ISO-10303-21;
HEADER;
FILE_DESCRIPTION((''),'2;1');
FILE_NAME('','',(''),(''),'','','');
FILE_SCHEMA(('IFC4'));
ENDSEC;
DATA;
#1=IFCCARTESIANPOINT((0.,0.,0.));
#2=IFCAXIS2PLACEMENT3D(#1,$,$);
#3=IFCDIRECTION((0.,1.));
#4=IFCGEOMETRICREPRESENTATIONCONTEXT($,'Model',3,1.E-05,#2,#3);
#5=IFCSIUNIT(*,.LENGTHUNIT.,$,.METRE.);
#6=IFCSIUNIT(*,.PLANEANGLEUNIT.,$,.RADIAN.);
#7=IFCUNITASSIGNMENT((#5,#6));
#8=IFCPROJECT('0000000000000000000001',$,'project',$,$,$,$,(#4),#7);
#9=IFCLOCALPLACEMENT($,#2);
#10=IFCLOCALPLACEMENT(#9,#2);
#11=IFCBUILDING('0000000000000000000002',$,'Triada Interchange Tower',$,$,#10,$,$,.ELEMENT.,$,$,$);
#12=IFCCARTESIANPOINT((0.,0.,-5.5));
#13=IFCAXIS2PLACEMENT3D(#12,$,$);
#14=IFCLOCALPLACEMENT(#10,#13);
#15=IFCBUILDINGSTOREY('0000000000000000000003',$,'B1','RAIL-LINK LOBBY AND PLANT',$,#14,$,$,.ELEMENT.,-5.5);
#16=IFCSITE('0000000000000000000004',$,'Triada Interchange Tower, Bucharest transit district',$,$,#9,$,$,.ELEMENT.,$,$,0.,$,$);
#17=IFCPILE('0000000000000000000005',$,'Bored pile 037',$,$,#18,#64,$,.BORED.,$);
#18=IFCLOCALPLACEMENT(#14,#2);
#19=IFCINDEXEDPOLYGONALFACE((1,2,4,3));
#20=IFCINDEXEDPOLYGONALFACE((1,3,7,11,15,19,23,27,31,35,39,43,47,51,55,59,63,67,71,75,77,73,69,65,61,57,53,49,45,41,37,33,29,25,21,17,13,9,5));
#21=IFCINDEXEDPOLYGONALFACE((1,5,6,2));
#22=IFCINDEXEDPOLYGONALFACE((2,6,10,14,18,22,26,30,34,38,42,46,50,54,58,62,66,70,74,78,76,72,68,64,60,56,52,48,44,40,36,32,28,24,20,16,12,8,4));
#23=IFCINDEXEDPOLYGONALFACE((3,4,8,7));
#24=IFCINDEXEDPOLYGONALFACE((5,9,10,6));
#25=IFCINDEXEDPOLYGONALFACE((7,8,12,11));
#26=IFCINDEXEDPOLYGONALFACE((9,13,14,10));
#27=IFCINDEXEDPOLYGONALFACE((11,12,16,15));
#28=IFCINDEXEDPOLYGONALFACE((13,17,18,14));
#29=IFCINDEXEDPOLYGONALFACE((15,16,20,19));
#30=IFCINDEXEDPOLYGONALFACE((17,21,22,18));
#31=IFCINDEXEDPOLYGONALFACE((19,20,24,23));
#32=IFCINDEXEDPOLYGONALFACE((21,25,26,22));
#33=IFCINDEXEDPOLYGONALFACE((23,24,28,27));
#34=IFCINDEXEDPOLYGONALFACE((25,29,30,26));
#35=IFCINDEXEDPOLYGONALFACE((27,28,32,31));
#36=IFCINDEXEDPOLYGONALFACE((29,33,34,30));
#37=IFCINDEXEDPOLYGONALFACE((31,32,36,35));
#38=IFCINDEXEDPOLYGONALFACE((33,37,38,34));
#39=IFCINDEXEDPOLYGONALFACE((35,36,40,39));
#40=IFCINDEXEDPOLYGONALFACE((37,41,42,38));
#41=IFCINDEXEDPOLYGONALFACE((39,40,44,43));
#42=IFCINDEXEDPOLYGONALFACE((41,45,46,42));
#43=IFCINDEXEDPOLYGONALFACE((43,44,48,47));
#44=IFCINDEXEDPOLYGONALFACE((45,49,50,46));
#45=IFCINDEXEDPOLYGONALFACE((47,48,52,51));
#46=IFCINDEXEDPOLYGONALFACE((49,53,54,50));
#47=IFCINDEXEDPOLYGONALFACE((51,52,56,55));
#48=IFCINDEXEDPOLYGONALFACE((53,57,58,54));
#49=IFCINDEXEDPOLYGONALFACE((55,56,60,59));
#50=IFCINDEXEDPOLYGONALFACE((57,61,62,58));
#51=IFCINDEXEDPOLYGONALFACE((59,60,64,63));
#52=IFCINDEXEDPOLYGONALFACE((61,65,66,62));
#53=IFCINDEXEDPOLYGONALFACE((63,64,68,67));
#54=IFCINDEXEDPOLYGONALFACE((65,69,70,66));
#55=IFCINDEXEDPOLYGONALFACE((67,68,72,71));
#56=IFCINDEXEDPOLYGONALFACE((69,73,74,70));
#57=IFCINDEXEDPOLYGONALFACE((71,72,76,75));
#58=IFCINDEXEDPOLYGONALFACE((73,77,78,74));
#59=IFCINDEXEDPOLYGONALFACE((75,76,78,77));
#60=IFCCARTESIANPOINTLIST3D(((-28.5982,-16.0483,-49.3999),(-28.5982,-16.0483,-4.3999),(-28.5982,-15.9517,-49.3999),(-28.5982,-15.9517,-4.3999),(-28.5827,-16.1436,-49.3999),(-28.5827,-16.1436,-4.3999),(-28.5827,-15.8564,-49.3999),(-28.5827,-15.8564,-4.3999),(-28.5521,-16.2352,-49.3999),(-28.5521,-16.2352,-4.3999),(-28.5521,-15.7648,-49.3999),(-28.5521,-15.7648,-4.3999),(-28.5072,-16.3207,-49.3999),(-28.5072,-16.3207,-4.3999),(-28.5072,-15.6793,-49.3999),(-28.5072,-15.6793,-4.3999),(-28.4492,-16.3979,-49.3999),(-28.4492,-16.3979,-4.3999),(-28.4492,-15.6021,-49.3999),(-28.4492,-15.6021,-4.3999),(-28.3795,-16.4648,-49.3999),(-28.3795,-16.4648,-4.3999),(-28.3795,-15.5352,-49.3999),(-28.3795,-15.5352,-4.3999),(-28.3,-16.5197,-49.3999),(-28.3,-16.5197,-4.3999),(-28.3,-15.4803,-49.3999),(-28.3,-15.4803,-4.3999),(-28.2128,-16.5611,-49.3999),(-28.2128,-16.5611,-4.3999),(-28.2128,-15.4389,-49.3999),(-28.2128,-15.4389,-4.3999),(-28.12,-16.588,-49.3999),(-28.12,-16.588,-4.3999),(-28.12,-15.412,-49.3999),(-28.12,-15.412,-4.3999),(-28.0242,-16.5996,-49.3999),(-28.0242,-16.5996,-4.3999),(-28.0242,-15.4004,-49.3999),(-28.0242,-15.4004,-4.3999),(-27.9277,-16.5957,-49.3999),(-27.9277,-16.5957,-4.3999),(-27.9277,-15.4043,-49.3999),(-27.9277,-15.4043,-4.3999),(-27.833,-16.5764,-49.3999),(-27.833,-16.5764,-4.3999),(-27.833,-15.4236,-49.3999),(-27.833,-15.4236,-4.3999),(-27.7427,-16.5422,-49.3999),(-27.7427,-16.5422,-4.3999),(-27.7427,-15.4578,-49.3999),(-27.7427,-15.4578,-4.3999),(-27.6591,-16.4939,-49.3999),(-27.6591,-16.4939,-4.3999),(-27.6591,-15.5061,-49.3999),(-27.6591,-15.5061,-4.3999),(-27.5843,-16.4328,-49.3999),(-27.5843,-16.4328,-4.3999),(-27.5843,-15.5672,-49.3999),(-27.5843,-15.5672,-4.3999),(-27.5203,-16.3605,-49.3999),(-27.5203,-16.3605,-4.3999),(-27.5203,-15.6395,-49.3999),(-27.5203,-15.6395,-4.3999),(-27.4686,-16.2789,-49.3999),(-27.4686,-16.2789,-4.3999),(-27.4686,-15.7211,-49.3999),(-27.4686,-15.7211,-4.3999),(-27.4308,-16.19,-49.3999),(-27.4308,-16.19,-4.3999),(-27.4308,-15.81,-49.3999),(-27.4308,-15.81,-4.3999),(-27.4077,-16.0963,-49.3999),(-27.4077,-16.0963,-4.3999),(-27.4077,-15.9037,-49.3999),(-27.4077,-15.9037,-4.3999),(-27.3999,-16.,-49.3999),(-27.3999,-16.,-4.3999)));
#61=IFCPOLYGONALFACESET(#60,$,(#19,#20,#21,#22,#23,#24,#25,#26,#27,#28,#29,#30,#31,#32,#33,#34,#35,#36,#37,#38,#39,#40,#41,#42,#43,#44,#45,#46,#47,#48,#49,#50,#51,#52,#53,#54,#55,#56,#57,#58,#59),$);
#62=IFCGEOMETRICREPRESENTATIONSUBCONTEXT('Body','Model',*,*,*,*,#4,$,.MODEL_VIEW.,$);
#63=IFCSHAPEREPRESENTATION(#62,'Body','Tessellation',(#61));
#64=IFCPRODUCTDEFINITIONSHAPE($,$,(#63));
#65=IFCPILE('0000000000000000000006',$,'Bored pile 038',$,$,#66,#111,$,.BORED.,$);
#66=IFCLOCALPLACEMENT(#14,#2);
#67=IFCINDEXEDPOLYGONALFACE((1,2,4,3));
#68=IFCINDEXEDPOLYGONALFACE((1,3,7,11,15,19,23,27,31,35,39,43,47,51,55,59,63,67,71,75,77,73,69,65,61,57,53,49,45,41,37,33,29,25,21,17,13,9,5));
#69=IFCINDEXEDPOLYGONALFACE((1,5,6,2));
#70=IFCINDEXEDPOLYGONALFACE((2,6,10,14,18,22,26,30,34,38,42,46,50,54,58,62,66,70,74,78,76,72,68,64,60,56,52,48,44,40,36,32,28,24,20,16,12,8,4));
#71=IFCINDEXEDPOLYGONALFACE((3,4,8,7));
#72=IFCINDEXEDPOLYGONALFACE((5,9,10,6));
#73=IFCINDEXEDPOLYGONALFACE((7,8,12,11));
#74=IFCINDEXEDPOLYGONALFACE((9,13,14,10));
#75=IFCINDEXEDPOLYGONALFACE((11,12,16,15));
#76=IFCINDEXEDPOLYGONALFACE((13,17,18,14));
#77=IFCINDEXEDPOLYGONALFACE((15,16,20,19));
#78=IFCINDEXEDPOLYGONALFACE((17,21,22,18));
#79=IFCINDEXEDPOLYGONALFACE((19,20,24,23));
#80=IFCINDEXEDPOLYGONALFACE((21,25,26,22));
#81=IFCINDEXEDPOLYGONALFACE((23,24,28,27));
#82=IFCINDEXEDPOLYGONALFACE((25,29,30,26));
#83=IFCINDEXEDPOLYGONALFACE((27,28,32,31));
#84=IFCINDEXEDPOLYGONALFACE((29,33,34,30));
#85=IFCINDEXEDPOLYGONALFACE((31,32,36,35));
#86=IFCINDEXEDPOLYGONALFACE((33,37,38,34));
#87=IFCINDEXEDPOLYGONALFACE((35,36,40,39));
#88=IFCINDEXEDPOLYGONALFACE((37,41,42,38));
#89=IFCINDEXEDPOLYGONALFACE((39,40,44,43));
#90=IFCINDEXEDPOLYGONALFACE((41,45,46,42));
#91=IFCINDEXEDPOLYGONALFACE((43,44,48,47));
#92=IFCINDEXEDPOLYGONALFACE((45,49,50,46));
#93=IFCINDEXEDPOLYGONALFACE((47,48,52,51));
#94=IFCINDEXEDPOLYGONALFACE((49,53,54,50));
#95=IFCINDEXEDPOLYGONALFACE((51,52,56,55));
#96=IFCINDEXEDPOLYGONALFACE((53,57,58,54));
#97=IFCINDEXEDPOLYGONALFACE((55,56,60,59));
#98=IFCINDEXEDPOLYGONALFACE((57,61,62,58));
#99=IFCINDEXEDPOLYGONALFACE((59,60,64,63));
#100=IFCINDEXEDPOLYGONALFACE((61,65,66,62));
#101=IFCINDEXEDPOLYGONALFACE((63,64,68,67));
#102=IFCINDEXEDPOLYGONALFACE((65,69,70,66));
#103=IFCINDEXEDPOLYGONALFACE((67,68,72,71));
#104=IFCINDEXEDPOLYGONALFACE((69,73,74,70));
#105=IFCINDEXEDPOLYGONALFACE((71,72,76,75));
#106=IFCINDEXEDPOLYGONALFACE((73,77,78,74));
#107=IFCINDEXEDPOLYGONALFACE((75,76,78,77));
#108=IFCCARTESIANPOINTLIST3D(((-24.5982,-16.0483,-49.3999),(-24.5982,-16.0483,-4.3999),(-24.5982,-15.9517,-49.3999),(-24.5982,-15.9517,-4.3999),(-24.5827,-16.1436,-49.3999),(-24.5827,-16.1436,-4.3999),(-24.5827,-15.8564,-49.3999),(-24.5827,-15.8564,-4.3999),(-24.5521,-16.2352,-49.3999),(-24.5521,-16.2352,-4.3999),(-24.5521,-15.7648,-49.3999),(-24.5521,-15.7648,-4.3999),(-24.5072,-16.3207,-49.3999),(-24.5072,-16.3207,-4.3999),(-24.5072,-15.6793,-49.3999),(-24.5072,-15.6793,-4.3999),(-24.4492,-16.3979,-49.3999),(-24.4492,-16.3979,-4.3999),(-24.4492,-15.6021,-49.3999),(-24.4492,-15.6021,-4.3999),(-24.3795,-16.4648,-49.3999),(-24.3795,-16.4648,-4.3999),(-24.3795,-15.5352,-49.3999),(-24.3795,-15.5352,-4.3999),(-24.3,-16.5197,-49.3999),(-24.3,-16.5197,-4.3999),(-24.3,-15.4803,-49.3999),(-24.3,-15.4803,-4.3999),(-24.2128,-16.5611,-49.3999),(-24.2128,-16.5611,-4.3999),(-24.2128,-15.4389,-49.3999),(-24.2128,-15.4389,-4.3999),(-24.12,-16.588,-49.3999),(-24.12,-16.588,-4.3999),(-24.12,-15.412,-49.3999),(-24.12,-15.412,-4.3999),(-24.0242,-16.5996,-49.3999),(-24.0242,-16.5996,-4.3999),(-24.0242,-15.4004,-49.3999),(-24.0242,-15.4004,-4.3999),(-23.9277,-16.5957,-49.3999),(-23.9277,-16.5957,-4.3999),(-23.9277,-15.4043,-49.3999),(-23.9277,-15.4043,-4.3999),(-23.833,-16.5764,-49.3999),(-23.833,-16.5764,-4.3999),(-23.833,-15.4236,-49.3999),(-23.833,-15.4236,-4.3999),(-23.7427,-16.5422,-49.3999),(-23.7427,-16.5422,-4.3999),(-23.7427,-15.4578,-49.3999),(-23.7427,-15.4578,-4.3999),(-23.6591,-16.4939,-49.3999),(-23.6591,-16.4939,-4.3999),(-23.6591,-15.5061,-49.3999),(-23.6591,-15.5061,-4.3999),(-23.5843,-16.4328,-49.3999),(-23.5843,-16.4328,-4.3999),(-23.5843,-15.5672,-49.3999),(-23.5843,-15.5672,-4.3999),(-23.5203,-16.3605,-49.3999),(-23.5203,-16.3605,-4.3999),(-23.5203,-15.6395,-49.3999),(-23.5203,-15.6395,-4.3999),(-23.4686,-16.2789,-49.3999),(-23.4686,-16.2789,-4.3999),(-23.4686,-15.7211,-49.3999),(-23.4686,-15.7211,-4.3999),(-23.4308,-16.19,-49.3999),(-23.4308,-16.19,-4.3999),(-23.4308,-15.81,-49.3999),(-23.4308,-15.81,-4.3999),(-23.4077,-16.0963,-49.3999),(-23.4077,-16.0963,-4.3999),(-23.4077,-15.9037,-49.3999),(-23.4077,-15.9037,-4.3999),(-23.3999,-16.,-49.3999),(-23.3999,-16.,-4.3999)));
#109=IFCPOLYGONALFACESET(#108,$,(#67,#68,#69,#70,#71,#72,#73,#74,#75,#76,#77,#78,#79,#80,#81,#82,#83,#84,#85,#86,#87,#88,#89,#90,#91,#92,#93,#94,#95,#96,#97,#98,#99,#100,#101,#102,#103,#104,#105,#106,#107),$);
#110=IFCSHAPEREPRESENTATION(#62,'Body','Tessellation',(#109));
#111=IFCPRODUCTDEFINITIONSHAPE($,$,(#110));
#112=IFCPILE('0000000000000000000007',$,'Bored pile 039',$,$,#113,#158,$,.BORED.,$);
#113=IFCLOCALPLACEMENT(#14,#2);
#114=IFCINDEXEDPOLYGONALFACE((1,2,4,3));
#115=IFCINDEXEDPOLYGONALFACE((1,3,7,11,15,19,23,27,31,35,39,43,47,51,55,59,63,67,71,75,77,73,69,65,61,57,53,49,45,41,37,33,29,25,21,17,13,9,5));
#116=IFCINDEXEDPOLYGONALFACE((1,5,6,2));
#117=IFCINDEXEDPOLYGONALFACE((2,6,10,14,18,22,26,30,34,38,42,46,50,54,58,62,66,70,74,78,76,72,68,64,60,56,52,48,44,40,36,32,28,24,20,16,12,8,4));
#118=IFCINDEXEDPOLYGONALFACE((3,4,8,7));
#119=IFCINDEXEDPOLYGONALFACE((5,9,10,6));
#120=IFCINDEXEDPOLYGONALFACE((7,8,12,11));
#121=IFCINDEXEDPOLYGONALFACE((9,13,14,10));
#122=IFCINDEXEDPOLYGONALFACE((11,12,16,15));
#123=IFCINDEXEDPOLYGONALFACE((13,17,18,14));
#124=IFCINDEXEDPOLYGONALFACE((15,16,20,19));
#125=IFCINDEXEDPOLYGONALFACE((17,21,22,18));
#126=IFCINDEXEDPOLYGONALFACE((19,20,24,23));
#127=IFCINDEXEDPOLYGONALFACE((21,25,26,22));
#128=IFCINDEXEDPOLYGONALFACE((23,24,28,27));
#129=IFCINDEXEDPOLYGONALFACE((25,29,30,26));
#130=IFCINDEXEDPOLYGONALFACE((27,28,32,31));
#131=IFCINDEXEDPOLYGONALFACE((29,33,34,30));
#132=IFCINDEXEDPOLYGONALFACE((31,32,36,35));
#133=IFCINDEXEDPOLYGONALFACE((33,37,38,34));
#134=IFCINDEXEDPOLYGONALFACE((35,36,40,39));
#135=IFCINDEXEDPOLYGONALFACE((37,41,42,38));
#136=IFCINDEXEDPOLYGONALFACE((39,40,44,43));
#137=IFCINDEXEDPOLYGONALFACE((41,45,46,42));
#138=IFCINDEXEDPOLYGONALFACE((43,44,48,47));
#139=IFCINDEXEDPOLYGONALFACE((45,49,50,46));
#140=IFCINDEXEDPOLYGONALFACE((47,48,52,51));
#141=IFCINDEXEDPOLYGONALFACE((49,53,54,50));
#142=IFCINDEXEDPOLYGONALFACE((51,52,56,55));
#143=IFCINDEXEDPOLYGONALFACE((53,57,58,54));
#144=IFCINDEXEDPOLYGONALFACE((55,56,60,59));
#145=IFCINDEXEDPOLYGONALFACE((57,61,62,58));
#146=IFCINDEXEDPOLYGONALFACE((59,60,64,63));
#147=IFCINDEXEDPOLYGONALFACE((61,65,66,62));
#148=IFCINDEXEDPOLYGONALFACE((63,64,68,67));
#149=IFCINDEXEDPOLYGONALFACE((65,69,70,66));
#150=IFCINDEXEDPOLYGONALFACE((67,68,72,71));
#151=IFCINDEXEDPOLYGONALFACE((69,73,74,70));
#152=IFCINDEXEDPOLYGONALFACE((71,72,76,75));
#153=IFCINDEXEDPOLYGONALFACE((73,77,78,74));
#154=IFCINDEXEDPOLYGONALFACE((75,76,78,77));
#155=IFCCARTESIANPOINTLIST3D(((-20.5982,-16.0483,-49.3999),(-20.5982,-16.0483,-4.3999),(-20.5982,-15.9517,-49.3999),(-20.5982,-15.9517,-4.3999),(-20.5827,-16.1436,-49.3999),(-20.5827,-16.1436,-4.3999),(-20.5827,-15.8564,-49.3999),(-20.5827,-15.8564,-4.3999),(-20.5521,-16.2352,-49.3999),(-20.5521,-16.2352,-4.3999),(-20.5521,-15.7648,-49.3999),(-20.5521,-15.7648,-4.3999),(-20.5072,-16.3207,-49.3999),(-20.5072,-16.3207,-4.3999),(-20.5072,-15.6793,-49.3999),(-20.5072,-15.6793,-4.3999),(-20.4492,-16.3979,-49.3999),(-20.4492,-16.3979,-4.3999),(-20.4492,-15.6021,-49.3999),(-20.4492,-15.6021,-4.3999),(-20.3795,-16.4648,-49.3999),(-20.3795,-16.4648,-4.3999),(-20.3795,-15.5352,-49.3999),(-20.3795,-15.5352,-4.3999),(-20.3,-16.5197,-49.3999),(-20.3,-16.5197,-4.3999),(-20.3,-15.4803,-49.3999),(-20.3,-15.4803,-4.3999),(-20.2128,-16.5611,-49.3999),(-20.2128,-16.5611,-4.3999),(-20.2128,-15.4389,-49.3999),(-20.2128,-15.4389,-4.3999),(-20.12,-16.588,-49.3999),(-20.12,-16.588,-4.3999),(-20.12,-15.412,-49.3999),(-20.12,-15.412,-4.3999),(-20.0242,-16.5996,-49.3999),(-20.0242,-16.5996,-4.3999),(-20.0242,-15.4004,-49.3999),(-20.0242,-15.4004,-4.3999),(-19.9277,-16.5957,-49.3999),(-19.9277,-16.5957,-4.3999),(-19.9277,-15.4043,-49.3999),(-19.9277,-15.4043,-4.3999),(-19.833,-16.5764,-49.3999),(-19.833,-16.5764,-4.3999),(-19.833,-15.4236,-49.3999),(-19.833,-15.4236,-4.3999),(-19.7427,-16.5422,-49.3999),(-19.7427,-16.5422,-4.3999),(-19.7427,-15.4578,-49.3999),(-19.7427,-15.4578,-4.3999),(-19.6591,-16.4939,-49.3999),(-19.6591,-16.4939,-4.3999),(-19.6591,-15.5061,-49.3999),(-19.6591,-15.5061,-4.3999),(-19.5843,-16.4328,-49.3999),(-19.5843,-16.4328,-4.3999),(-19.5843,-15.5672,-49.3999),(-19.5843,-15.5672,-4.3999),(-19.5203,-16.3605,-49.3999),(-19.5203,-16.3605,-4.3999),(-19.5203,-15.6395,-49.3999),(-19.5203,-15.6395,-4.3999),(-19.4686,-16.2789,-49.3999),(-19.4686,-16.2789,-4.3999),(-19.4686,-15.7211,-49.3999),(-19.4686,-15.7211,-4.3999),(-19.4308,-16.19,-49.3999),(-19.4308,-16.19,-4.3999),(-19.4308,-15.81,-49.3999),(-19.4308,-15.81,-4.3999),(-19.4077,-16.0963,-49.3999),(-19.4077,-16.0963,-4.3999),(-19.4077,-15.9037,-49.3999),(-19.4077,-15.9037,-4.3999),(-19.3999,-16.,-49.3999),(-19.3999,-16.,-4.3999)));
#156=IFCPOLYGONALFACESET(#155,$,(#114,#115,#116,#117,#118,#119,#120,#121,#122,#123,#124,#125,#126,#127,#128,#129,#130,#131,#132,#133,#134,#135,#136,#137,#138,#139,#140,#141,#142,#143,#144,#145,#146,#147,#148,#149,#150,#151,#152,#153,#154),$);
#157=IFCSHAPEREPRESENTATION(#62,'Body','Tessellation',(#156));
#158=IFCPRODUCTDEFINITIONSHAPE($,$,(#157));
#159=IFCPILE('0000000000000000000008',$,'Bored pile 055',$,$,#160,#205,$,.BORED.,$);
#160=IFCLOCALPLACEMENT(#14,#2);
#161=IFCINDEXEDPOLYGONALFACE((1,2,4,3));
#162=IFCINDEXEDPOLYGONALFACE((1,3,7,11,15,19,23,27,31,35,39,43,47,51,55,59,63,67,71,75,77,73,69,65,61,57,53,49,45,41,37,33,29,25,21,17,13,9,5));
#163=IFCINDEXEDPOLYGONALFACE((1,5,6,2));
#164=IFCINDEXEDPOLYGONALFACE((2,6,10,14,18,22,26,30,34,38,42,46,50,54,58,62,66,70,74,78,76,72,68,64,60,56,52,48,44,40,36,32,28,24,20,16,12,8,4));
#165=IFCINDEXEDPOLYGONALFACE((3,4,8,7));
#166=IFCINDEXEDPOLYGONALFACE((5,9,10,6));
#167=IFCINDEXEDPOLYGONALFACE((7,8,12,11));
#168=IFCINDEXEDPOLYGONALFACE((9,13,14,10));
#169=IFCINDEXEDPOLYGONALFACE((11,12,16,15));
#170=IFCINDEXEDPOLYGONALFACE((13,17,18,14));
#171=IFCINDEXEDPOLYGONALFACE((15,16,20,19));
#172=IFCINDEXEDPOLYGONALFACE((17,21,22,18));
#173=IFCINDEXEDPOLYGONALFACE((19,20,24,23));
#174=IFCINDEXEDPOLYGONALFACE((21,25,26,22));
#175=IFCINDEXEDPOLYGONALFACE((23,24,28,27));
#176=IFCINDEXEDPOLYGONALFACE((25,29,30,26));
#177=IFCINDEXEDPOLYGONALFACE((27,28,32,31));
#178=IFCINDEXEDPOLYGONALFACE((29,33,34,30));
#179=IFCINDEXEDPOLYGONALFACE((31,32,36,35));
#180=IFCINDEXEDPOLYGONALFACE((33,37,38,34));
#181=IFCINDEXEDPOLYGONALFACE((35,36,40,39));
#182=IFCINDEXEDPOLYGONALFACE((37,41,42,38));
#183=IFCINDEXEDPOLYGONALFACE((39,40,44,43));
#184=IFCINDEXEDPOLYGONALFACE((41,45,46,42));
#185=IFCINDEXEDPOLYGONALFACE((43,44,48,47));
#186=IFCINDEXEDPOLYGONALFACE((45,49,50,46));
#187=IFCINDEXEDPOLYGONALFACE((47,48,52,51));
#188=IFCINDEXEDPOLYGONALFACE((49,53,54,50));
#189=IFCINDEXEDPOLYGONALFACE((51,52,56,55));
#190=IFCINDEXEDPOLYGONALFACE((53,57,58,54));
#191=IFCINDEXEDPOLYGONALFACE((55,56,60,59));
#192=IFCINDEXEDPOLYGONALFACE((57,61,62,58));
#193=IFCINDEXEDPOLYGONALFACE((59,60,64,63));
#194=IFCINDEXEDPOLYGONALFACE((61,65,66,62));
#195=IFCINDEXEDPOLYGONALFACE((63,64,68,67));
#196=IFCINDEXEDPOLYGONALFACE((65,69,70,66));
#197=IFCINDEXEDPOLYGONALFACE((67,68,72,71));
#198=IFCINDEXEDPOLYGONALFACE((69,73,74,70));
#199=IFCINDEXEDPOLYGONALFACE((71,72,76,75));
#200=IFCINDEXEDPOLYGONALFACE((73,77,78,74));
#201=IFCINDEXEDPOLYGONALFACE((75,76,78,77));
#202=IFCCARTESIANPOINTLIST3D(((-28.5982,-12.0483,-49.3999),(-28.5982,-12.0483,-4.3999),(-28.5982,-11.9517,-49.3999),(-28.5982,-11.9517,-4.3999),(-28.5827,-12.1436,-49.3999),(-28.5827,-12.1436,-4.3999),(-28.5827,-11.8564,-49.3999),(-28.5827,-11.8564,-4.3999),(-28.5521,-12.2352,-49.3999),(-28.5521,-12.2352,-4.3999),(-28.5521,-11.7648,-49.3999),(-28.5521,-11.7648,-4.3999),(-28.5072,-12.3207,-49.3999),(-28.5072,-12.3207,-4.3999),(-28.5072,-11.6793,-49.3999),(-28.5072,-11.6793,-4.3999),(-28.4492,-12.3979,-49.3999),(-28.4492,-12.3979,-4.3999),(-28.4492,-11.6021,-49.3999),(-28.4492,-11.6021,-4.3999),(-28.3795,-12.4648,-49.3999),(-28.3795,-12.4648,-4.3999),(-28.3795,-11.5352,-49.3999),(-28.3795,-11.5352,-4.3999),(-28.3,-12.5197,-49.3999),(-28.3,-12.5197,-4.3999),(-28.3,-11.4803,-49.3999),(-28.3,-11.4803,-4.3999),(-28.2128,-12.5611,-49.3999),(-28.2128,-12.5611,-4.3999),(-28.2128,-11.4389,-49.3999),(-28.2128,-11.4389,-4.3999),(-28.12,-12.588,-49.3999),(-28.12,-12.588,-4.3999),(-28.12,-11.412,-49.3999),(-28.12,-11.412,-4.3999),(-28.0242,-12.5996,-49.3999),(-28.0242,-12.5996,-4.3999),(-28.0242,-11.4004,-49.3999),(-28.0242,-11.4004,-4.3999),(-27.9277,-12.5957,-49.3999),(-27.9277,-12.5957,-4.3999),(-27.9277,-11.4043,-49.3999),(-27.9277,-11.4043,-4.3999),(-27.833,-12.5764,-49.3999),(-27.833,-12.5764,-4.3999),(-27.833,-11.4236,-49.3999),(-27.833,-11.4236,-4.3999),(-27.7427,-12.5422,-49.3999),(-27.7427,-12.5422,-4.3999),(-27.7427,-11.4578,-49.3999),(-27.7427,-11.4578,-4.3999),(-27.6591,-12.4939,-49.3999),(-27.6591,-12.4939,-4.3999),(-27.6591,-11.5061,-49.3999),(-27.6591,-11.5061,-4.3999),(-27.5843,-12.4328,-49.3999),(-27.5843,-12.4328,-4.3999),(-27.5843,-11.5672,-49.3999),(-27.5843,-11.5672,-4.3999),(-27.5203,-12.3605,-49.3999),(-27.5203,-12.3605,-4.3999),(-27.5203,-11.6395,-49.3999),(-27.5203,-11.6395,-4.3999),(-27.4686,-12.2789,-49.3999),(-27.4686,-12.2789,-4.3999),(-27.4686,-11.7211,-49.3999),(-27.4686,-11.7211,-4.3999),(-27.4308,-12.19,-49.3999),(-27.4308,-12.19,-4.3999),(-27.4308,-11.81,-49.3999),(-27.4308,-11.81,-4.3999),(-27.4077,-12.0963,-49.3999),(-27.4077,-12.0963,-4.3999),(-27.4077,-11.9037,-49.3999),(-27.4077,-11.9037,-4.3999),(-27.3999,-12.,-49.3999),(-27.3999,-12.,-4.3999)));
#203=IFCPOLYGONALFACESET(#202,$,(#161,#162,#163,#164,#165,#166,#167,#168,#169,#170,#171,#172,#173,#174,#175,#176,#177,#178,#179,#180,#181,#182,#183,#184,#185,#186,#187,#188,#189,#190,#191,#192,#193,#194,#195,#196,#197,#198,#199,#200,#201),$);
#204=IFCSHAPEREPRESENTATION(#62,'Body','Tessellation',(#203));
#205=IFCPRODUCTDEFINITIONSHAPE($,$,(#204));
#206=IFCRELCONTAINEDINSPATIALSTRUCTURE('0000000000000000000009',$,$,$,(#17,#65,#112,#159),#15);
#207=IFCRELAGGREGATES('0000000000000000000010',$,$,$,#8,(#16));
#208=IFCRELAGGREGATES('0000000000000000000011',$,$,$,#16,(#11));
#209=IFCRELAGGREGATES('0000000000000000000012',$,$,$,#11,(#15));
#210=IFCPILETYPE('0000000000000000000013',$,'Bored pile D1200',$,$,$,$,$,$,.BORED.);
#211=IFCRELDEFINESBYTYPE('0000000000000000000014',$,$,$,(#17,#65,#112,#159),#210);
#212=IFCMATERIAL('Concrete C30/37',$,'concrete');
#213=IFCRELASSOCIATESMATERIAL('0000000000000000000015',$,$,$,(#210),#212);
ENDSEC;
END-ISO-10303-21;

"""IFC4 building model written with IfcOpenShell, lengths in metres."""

from ifc_helpers import new_model, si_unit, direction, frame, origin, origin_2d, place, context, subcontext, project, spatial, circle, extrude, material, material_profile, profile_set, type_object, element, save


model = new_model("IFC4")

# Units and contexts
model_context = context("Model", 3, precision=1e-05, world=origin(), true_north=direction((0.0, 1.0)))
body_context = subcontext(model_context, "Body", "Model", "MODEL_VIEW")
ifc_project = project(units=[si_unit("LENGTHUNIT", "METRE"), si_unit("PLANEANGLEUNIT", "RADIAN")], contexts=[model_context])

# Site, building, storey
site_placement = place(None, origin())
site = spatial("IfcSite", under=ifc_project, at=site_placement, Name="Triada Interchange Tower, Bucharest transit district", CompositionType="ELEMENT", RefElevation=0.0)
building_placement = place(site_placement, origin())
building = spatial("IfcBuilding", under=site, at=building_placement, Name="Triada Interchange Tower", CompositionType="ELEMENT")
storey_placement = place(building_placement, frame((0.0, 0.0, -5.5)))
storey = spatial("IfcBuildingStorey", under=building, at=storey_placement, Name="B1", Description="RAIL-LINK LOBBY AND PLANT", CompositionType="ELEMENT", Elevation=-5.5)

# Piles
ifc_material_1 = material(Name="Concrete C30/37", Category="concrete")
ifc_material_profile_1 = material_profile(ifc_material_1, circle(Radius=0.6001, at=origin_2d()), Name="RC D1200")
ifc_profile_set_1 = profile_set([ifc_material_profile_1], Name="Concrete C30/37")
pile_type = type_object("IfcPileType", Name="Bored pile D1200", PredefinedType="BORED", material=ifc_profile_set_1)
for number, where, z_axis, x_axis, name in (
    (1, (-28.0, -16.0, -4.3999), (0.0, 0.0, -1.0), (1.0, 0.0, 0.0), "Bored pile 037"),
    (2, (-24.0, -16.0, -4.3999), (0.0, 0.0, -1.0), (1.0, 0.0, 0.0), "Bored pile 038"),
    (3, (-20.0, -16.0, -4.3999), (0.0, 0.0, -1.0), (1.0, 0.0, 0.0), "Bored pile 039"),
    (4, (-28.0, -12.0, -4.3999), (0.0, 0.0, -1.0), (1.0, 0.0, 0.0), "Bored pile 055"),
):
    element("IfcPile", number, at=place(storey_placement, frame(where, z_axis=z_axis, x_axis=x_axis)), inside=storey, type_object=pile_type, Name=name, PredefinedType="BORED", context=body_context, shape_type="SweptSolid", body=[
        extrude(circle(Radius=0.6001, at=origin_2d()), origin(), (0.0, 0.0, 1.0), 45.0),
    ])

save(model, "model.ifc")
